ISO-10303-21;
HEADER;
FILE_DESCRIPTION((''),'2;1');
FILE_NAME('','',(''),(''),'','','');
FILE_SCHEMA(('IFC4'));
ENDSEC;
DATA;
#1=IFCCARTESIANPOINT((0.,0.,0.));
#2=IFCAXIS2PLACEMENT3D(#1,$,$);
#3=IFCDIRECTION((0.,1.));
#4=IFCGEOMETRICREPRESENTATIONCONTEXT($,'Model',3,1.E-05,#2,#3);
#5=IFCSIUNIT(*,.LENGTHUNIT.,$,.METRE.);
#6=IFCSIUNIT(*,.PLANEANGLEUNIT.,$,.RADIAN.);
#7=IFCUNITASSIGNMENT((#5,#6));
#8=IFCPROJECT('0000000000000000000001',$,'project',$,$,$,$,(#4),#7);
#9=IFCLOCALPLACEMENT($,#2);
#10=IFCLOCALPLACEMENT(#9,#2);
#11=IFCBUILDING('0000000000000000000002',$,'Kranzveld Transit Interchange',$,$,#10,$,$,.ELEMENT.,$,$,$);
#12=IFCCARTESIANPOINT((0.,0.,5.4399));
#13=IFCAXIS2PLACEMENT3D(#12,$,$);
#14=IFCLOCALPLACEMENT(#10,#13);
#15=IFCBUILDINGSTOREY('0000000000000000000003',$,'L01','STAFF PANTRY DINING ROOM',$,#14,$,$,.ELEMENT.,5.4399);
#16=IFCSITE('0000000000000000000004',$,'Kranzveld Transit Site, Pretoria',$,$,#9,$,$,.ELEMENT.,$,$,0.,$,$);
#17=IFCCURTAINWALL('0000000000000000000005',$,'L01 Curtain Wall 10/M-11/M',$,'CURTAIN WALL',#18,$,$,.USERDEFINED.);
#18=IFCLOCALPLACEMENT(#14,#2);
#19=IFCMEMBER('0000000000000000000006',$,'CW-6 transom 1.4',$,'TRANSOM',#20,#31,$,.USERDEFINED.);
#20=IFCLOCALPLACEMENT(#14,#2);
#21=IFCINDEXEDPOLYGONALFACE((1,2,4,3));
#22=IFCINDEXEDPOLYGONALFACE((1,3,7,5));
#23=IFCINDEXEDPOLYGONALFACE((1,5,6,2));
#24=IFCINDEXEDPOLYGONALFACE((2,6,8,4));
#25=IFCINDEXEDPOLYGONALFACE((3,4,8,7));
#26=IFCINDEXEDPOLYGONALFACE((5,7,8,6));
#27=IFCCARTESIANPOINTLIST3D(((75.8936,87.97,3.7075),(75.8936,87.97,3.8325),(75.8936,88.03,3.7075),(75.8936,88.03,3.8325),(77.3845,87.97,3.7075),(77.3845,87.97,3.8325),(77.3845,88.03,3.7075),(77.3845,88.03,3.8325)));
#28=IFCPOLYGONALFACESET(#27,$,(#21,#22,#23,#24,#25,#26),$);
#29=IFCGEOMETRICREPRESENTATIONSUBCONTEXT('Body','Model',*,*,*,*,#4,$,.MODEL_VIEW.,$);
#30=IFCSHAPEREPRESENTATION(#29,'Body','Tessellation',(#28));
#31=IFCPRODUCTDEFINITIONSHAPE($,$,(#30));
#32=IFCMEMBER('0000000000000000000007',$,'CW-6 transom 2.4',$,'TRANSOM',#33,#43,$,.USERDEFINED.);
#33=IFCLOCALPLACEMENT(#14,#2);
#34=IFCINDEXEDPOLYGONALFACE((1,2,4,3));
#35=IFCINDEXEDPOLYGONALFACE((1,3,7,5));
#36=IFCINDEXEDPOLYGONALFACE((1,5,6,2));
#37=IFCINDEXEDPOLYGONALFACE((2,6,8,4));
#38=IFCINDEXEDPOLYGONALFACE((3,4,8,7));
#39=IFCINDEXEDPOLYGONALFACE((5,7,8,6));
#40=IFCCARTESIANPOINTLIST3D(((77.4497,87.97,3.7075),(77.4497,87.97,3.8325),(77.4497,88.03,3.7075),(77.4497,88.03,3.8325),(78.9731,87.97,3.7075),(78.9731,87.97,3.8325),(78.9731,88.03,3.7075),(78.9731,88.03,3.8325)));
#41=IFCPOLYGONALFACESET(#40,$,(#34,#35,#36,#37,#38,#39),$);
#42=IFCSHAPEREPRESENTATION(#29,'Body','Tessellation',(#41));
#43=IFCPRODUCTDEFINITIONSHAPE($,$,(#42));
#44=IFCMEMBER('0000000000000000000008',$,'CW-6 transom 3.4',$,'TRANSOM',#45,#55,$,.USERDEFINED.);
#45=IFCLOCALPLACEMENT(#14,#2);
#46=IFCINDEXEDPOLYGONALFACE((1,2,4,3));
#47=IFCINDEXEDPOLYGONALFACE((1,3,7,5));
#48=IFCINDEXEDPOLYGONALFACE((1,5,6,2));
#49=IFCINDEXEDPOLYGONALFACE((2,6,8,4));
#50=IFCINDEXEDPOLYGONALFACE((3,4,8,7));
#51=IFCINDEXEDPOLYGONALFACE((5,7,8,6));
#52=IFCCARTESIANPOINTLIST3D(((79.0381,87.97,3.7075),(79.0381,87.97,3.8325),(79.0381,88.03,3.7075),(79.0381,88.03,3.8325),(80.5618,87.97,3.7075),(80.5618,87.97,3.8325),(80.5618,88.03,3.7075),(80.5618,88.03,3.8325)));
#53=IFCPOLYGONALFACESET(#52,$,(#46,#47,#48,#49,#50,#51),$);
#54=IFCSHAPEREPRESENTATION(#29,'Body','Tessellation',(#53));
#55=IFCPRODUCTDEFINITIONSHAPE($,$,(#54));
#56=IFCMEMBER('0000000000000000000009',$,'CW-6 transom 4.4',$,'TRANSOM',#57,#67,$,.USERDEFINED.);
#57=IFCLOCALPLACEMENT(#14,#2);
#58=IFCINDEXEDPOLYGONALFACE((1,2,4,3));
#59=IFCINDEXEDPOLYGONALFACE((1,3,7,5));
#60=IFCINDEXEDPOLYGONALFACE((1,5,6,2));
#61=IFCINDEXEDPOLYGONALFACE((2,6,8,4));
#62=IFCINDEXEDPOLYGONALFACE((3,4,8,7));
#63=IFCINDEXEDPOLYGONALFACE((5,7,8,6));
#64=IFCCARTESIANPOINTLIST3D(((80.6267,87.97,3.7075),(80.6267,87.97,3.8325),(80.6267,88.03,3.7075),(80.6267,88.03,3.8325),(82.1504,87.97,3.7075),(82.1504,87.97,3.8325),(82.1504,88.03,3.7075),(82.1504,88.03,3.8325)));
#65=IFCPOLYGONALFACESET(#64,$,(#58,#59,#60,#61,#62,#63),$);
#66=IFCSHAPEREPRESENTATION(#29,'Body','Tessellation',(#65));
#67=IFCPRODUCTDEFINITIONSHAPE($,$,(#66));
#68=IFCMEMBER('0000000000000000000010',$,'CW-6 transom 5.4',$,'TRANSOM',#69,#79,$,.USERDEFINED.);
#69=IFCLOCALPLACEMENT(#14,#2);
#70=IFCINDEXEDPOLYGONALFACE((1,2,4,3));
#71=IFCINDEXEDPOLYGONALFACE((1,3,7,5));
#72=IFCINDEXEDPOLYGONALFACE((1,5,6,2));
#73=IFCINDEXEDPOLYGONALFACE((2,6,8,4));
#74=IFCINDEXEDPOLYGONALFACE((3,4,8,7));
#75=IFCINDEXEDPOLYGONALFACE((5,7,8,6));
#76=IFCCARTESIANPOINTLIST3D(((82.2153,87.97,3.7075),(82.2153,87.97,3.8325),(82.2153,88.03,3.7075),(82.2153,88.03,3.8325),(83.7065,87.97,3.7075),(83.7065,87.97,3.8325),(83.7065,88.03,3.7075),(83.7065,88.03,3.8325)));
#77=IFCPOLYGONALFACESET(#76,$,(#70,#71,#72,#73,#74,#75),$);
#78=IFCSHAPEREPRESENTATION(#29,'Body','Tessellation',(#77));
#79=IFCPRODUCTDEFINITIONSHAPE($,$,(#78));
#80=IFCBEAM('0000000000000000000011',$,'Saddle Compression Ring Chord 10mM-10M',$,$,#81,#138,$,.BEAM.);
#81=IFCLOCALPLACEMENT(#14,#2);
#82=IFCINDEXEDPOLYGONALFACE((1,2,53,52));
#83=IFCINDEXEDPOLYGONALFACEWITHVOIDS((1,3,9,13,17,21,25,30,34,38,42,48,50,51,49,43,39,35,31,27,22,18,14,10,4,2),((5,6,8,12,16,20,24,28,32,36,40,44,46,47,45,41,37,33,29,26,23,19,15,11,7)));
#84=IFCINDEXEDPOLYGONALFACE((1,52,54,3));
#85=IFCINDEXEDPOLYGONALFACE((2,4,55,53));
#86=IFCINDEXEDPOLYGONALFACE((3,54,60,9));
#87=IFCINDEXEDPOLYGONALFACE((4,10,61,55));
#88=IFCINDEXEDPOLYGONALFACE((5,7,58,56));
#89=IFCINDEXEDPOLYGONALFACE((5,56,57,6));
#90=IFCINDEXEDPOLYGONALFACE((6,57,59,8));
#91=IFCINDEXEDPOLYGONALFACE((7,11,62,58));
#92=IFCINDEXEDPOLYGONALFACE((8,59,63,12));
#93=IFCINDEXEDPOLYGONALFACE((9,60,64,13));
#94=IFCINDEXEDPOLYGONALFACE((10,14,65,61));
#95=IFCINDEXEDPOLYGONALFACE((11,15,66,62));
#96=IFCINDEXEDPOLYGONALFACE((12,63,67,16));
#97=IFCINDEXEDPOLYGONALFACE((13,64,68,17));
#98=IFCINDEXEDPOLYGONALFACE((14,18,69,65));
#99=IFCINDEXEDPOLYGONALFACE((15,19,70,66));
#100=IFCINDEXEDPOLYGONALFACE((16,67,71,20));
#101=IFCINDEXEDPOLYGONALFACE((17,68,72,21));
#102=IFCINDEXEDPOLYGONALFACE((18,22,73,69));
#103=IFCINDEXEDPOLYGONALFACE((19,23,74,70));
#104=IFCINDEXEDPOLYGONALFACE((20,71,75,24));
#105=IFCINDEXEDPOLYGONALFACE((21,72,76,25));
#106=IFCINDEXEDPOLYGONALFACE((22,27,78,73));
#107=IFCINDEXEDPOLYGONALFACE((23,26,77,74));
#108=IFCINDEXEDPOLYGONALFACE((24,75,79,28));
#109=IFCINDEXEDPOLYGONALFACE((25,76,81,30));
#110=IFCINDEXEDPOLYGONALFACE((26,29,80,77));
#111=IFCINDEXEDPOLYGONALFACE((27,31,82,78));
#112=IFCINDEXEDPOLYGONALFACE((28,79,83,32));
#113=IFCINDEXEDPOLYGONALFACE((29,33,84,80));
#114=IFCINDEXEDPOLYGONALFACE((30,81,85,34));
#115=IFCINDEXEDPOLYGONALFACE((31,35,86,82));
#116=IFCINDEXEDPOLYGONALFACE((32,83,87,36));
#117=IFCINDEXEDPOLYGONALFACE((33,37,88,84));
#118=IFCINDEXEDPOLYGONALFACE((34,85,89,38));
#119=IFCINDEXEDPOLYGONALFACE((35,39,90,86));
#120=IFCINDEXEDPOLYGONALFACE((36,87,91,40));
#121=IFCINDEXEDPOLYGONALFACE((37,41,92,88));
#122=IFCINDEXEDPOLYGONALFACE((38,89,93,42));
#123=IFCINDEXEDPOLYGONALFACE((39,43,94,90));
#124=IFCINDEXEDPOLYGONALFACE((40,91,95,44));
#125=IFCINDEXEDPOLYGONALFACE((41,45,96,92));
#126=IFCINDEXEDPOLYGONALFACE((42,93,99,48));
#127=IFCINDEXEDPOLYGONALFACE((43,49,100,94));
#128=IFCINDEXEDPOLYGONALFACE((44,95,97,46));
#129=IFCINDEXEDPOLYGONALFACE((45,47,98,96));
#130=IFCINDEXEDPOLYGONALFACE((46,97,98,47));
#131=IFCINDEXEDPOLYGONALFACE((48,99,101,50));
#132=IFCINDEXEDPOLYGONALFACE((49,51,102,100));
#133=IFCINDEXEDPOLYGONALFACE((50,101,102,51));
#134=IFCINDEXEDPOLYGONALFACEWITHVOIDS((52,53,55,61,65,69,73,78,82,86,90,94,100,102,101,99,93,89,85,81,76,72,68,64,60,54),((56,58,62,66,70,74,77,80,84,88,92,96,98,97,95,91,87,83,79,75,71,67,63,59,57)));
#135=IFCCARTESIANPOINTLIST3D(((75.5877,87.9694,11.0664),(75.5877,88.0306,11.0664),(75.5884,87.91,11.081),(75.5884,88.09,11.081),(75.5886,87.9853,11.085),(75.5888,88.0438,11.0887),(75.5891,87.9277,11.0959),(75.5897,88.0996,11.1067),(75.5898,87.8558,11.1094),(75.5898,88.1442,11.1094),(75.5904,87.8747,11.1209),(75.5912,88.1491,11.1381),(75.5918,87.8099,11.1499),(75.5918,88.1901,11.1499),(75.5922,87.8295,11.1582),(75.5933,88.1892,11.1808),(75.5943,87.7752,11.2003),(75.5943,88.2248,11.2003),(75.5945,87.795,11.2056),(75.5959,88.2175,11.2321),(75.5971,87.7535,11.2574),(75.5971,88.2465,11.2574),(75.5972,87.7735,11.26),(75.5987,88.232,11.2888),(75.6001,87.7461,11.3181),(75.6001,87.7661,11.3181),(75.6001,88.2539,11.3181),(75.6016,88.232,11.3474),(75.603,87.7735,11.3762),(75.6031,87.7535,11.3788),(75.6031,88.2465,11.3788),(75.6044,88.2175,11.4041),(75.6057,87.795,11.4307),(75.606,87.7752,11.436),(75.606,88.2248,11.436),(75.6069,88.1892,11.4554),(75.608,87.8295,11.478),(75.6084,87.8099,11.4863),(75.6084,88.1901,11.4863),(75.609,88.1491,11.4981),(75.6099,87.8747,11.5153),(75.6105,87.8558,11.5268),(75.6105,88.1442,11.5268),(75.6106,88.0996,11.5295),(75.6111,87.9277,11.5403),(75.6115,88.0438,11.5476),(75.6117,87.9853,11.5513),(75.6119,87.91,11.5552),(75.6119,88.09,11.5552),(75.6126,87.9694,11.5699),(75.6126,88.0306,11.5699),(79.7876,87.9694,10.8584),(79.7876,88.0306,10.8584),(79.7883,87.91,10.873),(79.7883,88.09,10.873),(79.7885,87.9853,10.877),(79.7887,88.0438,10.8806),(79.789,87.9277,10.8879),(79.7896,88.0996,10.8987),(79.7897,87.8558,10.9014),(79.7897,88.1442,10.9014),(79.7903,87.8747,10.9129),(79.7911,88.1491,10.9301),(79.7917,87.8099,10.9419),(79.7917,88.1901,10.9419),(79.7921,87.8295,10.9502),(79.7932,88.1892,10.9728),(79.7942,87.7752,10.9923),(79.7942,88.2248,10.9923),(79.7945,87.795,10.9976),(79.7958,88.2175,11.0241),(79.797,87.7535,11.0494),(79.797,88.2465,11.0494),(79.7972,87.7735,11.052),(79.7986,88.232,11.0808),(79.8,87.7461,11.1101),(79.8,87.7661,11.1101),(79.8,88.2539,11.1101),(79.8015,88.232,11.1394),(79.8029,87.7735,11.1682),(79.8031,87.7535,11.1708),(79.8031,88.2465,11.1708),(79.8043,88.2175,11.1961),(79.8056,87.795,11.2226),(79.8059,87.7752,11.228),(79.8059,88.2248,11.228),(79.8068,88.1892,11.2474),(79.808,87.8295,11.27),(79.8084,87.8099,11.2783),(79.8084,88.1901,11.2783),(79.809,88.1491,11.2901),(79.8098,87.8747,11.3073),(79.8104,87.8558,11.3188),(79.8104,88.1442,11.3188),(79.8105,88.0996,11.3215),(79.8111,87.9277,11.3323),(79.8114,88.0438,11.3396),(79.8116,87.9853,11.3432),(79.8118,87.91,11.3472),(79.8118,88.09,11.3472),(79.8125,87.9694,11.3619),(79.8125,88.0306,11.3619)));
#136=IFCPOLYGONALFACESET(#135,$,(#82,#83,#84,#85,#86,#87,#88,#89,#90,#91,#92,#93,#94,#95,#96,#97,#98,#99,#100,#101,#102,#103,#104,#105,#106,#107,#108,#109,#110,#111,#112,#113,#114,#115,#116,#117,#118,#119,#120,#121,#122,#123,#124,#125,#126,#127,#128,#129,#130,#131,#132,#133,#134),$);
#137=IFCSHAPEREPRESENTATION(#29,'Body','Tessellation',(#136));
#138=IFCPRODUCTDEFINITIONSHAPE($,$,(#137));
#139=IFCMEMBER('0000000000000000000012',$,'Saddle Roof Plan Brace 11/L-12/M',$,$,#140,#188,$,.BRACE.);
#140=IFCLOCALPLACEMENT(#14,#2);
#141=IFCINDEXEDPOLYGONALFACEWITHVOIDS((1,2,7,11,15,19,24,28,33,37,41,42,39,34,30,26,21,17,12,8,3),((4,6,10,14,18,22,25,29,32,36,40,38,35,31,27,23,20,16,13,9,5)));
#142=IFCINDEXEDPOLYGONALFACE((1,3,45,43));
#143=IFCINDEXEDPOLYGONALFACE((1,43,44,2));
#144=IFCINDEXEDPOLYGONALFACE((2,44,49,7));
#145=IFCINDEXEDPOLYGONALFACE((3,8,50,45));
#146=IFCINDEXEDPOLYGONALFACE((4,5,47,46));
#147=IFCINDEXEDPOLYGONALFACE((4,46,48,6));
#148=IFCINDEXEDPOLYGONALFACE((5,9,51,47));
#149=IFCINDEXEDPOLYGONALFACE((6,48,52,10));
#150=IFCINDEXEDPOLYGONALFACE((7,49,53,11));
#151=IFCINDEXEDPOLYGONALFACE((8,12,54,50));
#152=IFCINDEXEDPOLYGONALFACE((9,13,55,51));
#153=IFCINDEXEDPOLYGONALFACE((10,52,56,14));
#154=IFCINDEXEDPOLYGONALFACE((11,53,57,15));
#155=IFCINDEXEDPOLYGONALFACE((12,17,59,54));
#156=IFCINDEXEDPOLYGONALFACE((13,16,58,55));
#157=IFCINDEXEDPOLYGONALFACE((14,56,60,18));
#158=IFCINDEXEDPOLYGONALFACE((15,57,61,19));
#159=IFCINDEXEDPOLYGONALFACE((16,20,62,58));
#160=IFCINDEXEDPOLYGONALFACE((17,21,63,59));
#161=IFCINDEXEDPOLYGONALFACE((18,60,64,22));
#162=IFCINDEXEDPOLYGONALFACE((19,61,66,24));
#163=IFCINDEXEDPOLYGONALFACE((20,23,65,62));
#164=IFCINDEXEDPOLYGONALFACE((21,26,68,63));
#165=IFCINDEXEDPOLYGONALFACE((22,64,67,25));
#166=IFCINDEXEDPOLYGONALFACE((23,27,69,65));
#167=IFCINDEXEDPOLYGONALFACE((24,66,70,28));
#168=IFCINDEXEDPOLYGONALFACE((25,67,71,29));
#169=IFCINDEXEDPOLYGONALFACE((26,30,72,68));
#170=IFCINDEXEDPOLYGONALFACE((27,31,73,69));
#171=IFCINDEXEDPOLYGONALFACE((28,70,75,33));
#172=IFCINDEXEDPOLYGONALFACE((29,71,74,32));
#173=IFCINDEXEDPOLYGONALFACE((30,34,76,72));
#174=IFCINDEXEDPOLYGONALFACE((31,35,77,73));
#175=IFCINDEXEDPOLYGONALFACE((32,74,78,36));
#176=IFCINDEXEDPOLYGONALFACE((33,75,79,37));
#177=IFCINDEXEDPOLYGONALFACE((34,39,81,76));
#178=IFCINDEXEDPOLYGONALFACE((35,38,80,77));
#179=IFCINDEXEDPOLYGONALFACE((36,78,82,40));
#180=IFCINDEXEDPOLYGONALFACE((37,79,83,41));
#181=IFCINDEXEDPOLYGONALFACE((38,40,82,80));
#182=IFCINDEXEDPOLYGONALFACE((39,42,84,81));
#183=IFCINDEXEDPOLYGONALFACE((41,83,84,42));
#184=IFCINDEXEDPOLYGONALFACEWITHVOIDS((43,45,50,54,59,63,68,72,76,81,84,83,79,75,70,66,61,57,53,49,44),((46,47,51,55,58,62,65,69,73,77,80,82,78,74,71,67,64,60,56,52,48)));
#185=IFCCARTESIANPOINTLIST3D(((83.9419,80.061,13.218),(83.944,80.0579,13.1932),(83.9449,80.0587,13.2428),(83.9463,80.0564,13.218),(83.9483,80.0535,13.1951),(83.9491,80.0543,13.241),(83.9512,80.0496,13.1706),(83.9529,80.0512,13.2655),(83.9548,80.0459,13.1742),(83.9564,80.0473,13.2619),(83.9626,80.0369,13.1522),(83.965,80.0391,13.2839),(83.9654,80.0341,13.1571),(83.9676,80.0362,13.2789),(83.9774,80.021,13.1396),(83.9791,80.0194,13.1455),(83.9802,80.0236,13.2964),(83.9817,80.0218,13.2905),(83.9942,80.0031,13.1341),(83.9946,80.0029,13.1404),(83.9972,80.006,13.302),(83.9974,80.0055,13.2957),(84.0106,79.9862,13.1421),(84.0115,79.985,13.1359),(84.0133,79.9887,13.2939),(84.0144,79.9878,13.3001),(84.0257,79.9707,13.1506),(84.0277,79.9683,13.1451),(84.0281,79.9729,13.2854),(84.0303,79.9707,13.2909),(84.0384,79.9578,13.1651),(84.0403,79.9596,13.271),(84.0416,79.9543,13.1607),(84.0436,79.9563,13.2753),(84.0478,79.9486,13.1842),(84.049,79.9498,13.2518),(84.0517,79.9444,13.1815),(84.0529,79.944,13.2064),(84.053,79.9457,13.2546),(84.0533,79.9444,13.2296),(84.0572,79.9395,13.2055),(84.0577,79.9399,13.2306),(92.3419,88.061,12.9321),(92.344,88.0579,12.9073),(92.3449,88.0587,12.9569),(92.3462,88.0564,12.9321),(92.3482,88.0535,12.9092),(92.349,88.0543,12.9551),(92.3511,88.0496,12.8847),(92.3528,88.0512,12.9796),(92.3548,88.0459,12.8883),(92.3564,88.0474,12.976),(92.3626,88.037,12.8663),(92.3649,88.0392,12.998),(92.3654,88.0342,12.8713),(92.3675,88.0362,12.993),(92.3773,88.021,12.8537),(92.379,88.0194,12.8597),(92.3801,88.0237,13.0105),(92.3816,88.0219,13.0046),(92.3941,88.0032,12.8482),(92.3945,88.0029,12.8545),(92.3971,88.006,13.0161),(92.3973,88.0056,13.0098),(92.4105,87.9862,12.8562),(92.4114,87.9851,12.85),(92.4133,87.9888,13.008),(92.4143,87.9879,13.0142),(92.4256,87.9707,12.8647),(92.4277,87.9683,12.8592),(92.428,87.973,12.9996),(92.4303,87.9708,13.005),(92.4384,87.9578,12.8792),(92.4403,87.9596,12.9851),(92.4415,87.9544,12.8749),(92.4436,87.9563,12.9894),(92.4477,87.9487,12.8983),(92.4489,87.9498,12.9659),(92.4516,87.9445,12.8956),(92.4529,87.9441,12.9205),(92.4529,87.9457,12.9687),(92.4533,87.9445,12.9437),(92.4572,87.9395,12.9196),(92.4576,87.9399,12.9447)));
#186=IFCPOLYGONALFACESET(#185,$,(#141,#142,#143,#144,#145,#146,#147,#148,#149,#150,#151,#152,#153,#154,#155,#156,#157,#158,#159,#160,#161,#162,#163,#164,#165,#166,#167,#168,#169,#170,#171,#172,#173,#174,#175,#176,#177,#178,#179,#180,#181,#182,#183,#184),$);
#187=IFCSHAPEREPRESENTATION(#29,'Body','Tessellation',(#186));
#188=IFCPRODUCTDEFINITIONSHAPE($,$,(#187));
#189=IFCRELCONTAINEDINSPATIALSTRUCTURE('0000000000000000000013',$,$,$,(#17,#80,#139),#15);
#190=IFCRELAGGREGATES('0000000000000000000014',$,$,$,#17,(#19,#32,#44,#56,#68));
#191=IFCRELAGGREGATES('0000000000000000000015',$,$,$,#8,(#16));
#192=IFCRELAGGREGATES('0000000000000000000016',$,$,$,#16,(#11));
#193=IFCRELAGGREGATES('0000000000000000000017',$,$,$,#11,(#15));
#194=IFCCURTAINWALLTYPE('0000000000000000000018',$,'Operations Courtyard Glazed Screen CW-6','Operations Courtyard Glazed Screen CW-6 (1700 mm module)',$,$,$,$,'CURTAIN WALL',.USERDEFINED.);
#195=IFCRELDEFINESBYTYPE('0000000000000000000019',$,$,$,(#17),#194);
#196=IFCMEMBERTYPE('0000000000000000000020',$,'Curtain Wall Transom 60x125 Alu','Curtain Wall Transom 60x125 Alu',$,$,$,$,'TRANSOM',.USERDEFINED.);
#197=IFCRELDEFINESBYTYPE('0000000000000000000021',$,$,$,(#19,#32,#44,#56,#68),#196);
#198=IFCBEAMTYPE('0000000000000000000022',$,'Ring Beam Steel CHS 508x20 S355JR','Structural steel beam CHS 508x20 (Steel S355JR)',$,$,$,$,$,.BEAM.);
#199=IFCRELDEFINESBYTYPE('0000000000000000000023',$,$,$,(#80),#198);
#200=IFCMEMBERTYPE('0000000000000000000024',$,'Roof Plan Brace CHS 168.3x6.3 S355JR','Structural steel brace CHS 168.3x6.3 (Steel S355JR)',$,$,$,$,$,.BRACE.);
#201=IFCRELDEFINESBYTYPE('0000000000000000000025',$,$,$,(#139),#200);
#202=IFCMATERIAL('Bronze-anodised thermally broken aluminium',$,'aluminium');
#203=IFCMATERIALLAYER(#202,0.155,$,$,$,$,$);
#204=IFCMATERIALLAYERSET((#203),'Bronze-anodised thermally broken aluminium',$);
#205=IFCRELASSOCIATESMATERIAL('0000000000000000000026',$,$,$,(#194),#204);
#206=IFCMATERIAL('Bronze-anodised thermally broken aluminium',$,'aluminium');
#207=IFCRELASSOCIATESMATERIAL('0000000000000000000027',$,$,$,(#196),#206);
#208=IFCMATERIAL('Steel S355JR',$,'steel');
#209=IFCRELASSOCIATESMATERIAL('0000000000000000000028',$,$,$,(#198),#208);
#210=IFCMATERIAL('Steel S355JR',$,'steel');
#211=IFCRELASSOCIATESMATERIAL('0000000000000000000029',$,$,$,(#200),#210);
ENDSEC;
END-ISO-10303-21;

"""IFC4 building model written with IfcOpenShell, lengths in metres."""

from ifc_helpers import new_model, si_unit, direction, frame, origin, origin_2d, place, context, subcontext, project, spatial, rectangle, hollow_circle, extrude, material, layer, layer_set, material_profile, profile_set, type_object, element, aggregate, save


model = new_model("IFC4")

# Units and contexts
model_context = context("Model", 3, precision=1e-05, world=origin(), true_north=direction((0.0, 1.0)))
body_context = subcontext(model_context, "Body", "Model", "MODEL_VIEW")
ifc_project = project(units=[si_unit("LENGTHUNIT", "METRE"), si_unit("PLANEANGLEUNIT", "RADIAN")], contexts=[model_context])

# Site, building, storey
site_placement = place(None, origin())
site = spatial("IfcSite", under=ifc_project, at=site_placement, Name="Kranzveld Transit Site, Pretoria", CompositionType="ELEMENT", RefElevation=0.0)
building_placement = place(site_placement, origin())
building = spatial("IfcBuilding", under=site, at=building_placement, Name="Kranzveld Transit Interchange", CompositionType="ELEMENT")
storey_placement = place(building_placement, frame((0.0, 0.0, 5.4399)))
storey = spatial("IfcBuildingStorey", under=building, at=storey_placement, Name="L01", Description="STAFF PANTRY DINING ROOM", CompositionType="ELEMENT", Elevation=5.4399)

# Curtain wall, members
ifc_material_1 = material(Name="Bronze-anodised thermally broken aluminium", Category="aluminium")
ifc_layer_1 = layer(ifc_material_1, 0.155)
ifc_layer_set_1 = layer_set([ifc_layer_1], Name="Bronze-anodised thermally broken aluminium")
curtain_wall_type = type_object("IfcCurtainWallType", Name="Operations Courtyard Glazed Screen CW-6", Description="Operations Courtyard Glazed Screen CW-6 (1700 mm module)", ElementType="CURTAIN WALL", PredefinedType="USERDEFINED", material=ifc_layer_set_1)
curtain_wall_placement = place(storey_placement, origin())
curtain_wall = element("IfcCurtainWall", 1, at=curtain_wall_placement, inside=storey, type_object=curtain_wall_type, Name="L01 Curtain Wall 10/M-11/M", ObjectType="CURTAIN WALL", PredefinedType="USERDEFINED")
ifc_material_2 = material(Name="Bronze-anodised thermally broken aluminium", Category="aluminium")
ifc_material_profile_1 = material_profile(ifc_material_2, rectangle(XDim=0.0601, YDim=0.125, at=origin_2d()), Name="ALU TRANSOM 60x125")
ifc_profile_set_1 = profile_set([ifc_material_profile_1], Name="Bronze-anodised thermally broken aluminium")
member_type_1 = type_object("IfcMemberType", Name="Curtain Wall Transom 60x125 Alu", Description="Curtain Wall Transom 60x125 Alu", ElementType="TRANSOM", PredefinedType="USERDEFINED", material=ifc_profile_set_1)
member_1_placement = place(storey_placement, frame((75.8936, 88.0, 3.77), z_axis=(1.0, 0.0, 0.0), x_axis=(0.0, 1.0, 0.0)))
member_1 = element("IfcMember", 2, at=member_1_placement, type_object=member_type_1, Name="CW-6 transom 1.4", ObjectType="TRANSOM", PredefinedType="USERDEFINED", context=body_context, shape_type="SweptSolid", body=[
    extrude(rectangle(XDim=0.0601, YDim=0.125, at=origin_2d()), origin(), (0.0, 0.0, 1.0), 1.491),
])
member_2_placement = place(storey_placement, frame((77.4497, 88.0, 3.77), z_axis=(1.0, 0.0, 0.0), x_axis=(0.0, 1.0, 0.0)))
member_2 = element("IfcMember", 3, at=member_2_placement, type_object=member_type_1, Name="CW-6 transom 2.4", ObjectType="TRANSOM", PredefinedType="USERDEFINED", context=body_context, shape_type="SweptSolid", body=[
    extrude(rectangle(XDim=0.0601, YDim=0.125, at=origin_2d()), origin(), (0.0, 0.0, 1.0), 1.5234),
])
member_3_placement = place(storey_placement, frame((79.0381, 88.0, 3.77), z_axis=(1.0, 0.0, 0.0), x_axis=(0.0, 1.0, 0.0)))
member_3 = element("IfcMember", 4, at=member_3_placement, type_object=member_type_1, Name="CW-6 transom 3.4", ObjectType="TRANSOM", PredefinedType="USERDEFINED", context=body_context, shape_type="SweptSolid", body=[
    extrude(rectangle(XDim=0.0601, YDim=0.125, at=origin_2d()), origin(), (0.0, 0.0, 1.0), 1.5237),
])
member_4_placement = place(storey_placement, frame((80.6267, 88.0, 3.77), z_axis=(1.0, 0.0, 0.0), x_axis=(0.0, 1.0, 0.0)))
member_4 = element("IfcMember", 5, at=member_4_placement, type_object=member_type_1, Name="CW-6 transom 4.4", ObjectType="TRANSOM", PredefinedType="USERDEFINED", context=body_context, shape_type="SweptSolid", body=[
    extrude(rectangle(XDim=0.0601, YDim=0.125, at=origin_2d()), origin(), (0.0, 0.0, 1.0), 1.5237),
])
member_5_placement = place(storey_placement, frame((82.2153, 88.0, 3.77), z_axis=(1.0, 0.0, 0.0), x_axis=(0.0, 1.0, 0.0)))
member_5 = element("IfcMember", 6, at=member_5_placement, type_object=member_type_1, Name="CW-6 transom 5.4", ObjectType="TRANSOM", PredefinedType="USERDEFINED", context=body_context, shape_type="SweptSolid", body=[
    extrude(rectangle(XDim=0.0601, YDim=0.125, at=origin_2d()), origin(), (0.0, 0.0, 1.0), 1.4912),
])

# Beam
ifc_material_3 = material(Name="Steel S355JR", Category="steel")
ifc_material_profile_2 = material_profile(ifc_material_3, hollow_circle(Radius=0.2539, WallThickness=0.02, at=origin_2d()), Name="CHS 508x20")
ifc_profile_set_2 = profile_set([ifc_material_profile_2], Name="Steel S355JR")
beam_type_1 = type_object("IfcBeamType", Name="Ring Beam Steel CHS 508x20 S355JR", Description="Structural steel beam CHS 508x20 (Steel S355JR)", PredefinedType="BEAM", material=ifc_profile_set_2)
beam_1_placement = place(storey_placement, frame((79.8, 88.0, 11.1101), z_axis=(-0.998776, 0.0, 0.049466), x_axis=(0.0, -1.0, 0.0)))
element("IfcBeam", 7, at=beam_1_placement, inside=storey, type_object=beam_type_1, Name="Saddle Compression Ring Chord 10mM-10M", PredefinedType="BEAM", context=body_context, shape_type="SweptSolid", body=[
    extrude(hollow_circle(Radius=0.2539, WallThickness=0.02, at=origin_2d()), origin(), (0.0, 0.0, 1.0), 4.2051),
])

# Member
ifc_material_4 = material(Name="Steel S355JR", Category="steel")
ifc_material_profile_3 = material_profile(ifc_material_4, hollow_circle(Radius=0.0842, WallThickness=0.0063, at=origin_2d()), Name="CHS 168.3x6.3")
ifc_profile_set_3 = profile_set([ifc_material_profile_3], Name="Steel S355JR")
member_type_2 = type_object("IfcMemberType", Name="Roof Plan Brace CHS 168.3x6.3 S355JR", Description="Structural steel brace CHS 168.3x6.3 (Steel S355JR)", PredefinedType="BRACE", material=ifc_profile_set_3)
member_6_placement = place(storey_placement, frame((84.0, 80.0, 13.218), z_axis=(0.723914, 0.68945, -0.024638), x_axis=(-0.689659, 0.724134, 0.0)))
element("IfcMember", 8, at=member_6_placement, inside=storey, type_object=member_type_2, Name="Saddle Roof Plan Brace 11/L-12/M", PredefinedType="BRACE", context=body_context, shape_type="SweptSolid", body=[
    extrude(hollow_circle(Radius=0.0842, WallThickness=0.0063, at=origin_2d()), origin(), (0.0, 0.0, 1.0), 11.6035),
])

aggregate(curtain_wall, [member_1, member_2, member_3, member_4, member_5])

save(model, "model.ifc")
